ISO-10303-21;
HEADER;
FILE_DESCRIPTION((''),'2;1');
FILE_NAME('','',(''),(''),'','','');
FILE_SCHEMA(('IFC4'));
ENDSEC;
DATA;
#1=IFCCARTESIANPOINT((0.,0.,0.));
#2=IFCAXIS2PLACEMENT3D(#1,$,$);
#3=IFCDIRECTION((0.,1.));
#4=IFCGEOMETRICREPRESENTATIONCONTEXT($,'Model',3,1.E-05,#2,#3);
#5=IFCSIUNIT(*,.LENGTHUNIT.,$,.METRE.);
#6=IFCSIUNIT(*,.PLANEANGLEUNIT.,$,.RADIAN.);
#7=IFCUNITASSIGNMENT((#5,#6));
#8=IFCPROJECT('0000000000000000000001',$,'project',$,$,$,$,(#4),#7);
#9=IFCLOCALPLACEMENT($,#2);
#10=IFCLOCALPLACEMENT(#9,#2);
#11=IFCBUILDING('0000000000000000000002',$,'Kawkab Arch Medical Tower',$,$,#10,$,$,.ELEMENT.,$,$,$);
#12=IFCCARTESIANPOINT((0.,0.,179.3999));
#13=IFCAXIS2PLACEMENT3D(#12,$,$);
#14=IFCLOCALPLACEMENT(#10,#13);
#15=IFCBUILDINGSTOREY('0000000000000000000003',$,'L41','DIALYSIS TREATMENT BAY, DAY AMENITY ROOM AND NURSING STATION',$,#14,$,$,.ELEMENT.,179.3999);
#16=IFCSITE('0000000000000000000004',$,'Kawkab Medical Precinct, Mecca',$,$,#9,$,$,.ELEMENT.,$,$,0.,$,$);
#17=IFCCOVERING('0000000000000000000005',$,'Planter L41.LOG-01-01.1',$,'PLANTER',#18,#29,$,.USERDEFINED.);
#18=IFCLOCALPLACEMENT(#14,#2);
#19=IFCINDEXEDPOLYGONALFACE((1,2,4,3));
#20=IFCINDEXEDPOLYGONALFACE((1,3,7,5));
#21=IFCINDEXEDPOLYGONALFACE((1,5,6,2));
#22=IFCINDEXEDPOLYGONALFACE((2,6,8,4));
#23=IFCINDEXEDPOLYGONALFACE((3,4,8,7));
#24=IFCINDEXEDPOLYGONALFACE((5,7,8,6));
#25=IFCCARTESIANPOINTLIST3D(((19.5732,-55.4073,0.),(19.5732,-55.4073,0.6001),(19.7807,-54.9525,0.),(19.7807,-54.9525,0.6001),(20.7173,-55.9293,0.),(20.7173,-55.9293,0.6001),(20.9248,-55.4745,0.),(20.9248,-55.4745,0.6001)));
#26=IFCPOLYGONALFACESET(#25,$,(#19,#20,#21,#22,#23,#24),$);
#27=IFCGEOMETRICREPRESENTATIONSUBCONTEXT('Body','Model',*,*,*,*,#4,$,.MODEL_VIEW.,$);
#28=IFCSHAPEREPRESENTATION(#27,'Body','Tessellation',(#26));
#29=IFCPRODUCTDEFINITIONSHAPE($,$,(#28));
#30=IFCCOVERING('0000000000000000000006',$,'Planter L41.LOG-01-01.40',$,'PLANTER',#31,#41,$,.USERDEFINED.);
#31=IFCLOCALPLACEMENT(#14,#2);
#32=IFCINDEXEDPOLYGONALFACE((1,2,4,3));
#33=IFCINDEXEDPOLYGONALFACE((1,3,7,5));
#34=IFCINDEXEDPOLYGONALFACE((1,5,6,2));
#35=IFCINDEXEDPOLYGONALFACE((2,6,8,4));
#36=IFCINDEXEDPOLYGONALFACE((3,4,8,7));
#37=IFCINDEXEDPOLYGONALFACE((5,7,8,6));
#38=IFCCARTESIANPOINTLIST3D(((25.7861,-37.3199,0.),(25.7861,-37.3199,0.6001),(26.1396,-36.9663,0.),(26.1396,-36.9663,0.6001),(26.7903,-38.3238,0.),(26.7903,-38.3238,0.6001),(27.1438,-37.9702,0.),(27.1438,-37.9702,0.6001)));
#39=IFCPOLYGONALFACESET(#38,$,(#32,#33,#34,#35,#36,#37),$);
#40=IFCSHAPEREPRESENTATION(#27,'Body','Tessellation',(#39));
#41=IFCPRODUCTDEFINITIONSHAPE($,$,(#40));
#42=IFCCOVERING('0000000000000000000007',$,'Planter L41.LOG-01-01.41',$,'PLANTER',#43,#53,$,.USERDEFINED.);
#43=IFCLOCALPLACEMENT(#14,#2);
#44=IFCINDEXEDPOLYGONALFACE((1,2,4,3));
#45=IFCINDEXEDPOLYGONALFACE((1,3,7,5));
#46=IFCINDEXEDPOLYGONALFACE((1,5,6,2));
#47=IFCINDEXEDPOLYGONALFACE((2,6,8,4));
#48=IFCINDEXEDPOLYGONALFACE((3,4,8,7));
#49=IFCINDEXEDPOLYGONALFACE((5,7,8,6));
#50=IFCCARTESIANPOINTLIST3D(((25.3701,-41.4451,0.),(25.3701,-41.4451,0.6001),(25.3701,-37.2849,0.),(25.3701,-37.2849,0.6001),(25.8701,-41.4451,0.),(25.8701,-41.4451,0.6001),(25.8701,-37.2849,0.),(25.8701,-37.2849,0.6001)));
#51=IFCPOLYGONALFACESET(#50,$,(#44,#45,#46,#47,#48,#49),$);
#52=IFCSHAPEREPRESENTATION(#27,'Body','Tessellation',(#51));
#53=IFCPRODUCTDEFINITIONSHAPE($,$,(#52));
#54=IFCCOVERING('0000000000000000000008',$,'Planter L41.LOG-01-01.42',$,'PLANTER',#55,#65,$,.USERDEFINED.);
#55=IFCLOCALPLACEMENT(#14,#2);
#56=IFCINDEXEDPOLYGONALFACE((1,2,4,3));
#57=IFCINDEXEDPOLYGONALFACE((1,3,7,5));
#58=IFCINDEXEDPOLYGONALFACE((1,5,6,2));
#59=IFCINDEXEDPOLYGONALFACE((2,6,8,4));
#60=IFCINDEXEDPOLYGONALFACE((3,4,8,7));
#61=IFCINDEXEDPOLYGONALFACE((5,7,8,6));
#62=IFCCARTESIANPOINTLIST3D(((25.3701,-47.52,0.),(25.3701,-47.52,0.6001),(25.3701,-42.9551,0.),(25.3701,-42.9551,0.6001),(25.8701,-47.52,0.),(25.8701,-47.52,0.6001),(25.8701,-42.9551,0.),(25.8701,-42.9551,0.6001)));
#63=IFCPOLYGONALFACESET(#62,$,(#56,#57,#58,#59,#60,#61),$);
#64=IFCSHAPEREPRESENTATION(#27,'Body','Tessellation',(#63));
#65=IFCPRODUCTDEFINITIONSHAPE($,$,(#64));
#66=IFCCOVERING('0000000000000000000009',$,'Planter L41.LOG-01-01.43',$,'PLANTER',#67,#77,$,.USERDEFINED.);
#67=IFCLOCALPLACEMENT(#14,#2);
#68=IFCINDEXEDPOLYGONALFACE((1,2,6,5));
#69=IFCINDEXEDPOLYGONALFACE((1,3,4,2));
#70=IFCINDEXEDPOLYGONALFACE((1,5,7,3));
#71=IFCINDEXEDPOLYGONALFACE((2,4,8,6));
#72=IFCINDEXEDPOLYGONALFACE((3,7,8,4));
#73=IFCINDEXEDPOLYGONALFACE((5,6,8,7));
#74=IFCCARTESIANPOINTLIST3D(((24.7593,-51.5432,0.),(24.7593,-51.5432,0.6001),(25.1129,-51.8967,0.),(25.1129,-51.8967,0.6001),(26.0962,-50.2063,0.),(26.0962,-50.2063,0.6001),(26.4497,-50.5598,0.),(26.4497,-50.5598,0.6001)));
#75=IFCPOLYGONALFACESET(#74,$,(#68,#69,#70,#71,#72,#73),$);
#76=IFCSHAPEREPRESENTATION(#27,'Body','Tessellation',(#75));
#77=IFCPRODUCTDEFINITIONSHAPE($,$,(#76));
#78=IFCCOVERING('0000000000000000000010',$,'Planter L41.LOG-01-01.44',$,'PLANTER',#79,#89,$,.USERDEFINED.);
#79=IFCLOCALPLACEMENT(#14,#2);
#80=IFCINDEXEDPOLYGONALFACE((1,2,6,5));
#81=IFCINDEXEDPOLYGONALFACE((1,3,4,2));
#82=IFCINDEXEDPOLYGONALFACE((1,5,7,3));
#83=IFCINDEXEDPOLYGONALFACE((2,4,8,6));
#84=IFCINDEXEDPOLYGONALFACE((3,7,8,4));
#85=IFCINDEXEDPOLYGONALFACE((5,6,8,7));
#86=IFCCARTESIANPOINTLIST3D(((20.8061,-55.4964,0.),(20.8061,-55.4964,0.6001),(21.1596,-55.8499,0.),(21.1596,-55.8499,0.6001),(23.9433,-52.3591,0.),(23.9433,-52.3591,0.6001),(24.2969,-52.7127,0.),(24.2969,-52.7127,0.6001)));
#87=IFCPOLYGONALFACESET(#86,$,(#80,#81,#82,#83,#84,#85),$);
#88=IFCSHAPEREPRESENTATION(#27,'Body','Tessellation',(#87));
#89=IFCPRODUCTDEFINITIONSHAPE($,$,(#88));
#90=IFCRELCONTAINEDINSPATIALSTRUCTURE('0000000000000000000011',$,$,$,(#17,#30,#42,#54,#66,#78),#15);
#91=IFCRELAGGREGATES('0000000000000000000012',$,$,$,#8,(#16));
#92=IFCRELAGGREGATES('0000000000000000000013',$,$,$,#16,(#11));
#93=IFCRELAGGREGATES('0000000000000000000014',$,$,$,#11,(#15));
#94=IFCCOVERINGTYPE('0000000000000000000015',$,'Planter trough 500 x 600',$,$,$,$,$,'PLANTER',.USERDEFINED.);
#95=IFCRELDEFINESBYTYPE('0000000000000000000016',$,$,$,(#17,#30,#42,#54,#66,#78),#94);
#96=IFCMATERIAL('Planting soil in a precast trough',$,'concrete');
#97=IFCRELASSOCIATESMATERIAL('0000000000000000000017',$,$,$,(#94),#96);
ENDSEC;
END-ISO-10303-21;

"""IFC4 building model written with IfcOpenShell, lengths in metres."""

from ifc_helpers import new_model, si_unit, direction, frame, origin, origin_2d, place, context, subcontext, project, spatial, rectangle, extrude, material, material_profile, profile_set, type_object, element, save


model = new_model("IFC4")

# Units and contexts
model_context = context("Model", 3, precision=1e-05, world=origin(), true_north=direction((0.0, 1.0)))
body_context = subcontext(model_context, "Body", "Model", "MODEL_VIEW")
ifc_project = project(units=[si_unit("LENGTHUNIT", "METRE"), si_unit("PLANEANGLEUNIT", "RADIAN")], contexts=[model_context])

# Site, building, storey
site_placement = place(None, origin())
site = spatial("IfcSite", under=ifc_project, at=site_placement, Name="Kawkab Medical Precinct, Mecca", CompositionType="ELEMENT", RefElevation=0.0)
building_placement = place(site_placement, origin())
building = spatial("IfcBuilding", under=site, at=building_placement, Name="Kawkab Arch Medical Tower", CompositionType="ELEMENT")
storey_placement = place(building_placement, frame((0.0, 0.0, 179.3999)))
storey = spatial("IfcBuildingStorey", under=building, at=storey_placement, Name="L41", Description="DIALYSIS TREATMENT BAY, DAY AMENITY ROOM AND NURSING STATION", CompositionType="ELEMENT", Elevation=179.3999)

# Coverings
ifc_material_1 = material(Name="Planting soil in a precast trough", Category="concrete")
ifc_material_profile_1 = material_profile(ifc_material_1, rectangle(XDim=0.5, YDim=0.6001, at=origin_2d()), Name="Trough 500x600")
ifc_profile_set_1 = profile_set([ifc_material_profile_1], Name="Planting soil in a precast trough")
covering_type_1 = type_object("IfcCoveringType", Name="Planter trough 500 x 600", ElementType="PLANTER", PredefinedType="USERDEFINED", material=ifc_profile_set_1)
covering_1_placement = place(storey_placement, frame((20.821, -55.7019, 0.3), z_axis=(-0.90978, 0.41509, 0.0), x_axis=(-0.41509, -0.90978, 0.0)))
element("IfcCovering", 1, at=covering_1_placement, inside=storey, type_object=covering_type_1, Name="Planter L41.LOG-01-01.1", ObjectType="PLANTER", PredefinedType="USERDEFINED", context=body_context, shape_type="SweptSolid", body=[
    extrude(rectangle(XDim=0.5, YDim=0.6001, at=origin_2d()), origin(), (0.0, 0.0, 1.0), 1.2576),
])
covering_2_placement = place(storey_placement, frame((26.967, -38.147, 0.3), z_axis=(-0.707193, 0.707021, 0.0), x_axis=(-0.707021, -0.707193, 0.0)))
element("IfcCovering", 2, at=covering_2_placement, inside=storey, type_object=covering_type_1, Name="Planter L41.LOG-01-01.40", ObjectType="PLANTER", PredefinedType="USERDEFINED", context=body_context, shape_type="SweptSolid", body=[
    extrude(rectangle(XDim=0.5, YDim=0.6001, at=origin_2d()), origin(), (0.0, 0.0, 1.0), 1.4199),
])
covering_3_placement = place(storey_placement, frame((25.6201, -37.2849, 0.3), z_axis=(0.0, -1.0, 0.0), x_axis=(1.0, 0.0, 0.0)))
element("IfcCovering", 3, at=covering_3_placement, inside=storey, type_object=covering_type_1, Name="Planter L41.LOG-01-01.41", ObjectType="PLANTER", PredefinedType="USERDEFINED", context=body_context, shape_type="SweptSolid", body=[
    extrude(rectangle(XDim=0.5, YDim=0.6001, at=origin_2d()), origin(), (0.0, 0.0, 1.0), 4.1602),
])
covering_4_placement = place(storey_placement, frame((25.6201, -42.9551, 0.3), z_axis=(0.0, -1.0, 0.0), x_axis=(1.0, 0.0, 0.0)))
element("IfcCovering", 4, at=covering_4_placement, inside=storey, type_object=covering_type_1, Name="Planter L41.LOG-01-01.42", ObjectType="PLANTER", PredefinedType="USERDEFINED", context=body_context, shape_type="SweptSolid", body=[
    extrude(rectangle(XDim=0.5, YDim=0.6001, at=origin_2d()), origin(), (0.0, 0.0, 1.0), 4.5649),
])
covering_5_placement = place(storey_placement, frame((26.2729, -50.3831, 0.3), z_axis=(-0.707107, -0.707107, 0.0), x_axis=(0.707107, -0.707107, 0.0)))
element("IfcCovering", 5, at=covering_5_placement, inside=storey, type_object=covering_type_1, Name="Planter L41.LOG-01-01.43", ObjectType="PLANTER", PredefinedType="USERDEFINED", context=body_context, shape_type="SweptSolid", body=[
    extrude(rectangle(XDim=0.5, YDim=0.6001, at=origin_2d()), origin(), (0.0, 0.0, 1.0), 1.8906),
])
covering_6_placement = place(storey_placement, frame((24.1201, -52.5359, 0.3), z_axis=(-0.707107, -0.707107, 0.0), x_axis=(0.707107, -0.707107, 0.0)))
element("IfcCovering", 6, at=covering_6_placement, inside=storey, type_object=covering_type_1, Name="Planter L41.LOG-01-01.44", ObjectType="PLANTER", PredefinedType="USERDEFINED", context=body_context, shape_type="SweptSolid", body=[
    extrude(rectangle(XDim=0.5, YDim=0.6001, at=origin_2d()), origin(), (0.0, 0.0, 1.0), 4.4368),
])

save(model, "model.ifc")
